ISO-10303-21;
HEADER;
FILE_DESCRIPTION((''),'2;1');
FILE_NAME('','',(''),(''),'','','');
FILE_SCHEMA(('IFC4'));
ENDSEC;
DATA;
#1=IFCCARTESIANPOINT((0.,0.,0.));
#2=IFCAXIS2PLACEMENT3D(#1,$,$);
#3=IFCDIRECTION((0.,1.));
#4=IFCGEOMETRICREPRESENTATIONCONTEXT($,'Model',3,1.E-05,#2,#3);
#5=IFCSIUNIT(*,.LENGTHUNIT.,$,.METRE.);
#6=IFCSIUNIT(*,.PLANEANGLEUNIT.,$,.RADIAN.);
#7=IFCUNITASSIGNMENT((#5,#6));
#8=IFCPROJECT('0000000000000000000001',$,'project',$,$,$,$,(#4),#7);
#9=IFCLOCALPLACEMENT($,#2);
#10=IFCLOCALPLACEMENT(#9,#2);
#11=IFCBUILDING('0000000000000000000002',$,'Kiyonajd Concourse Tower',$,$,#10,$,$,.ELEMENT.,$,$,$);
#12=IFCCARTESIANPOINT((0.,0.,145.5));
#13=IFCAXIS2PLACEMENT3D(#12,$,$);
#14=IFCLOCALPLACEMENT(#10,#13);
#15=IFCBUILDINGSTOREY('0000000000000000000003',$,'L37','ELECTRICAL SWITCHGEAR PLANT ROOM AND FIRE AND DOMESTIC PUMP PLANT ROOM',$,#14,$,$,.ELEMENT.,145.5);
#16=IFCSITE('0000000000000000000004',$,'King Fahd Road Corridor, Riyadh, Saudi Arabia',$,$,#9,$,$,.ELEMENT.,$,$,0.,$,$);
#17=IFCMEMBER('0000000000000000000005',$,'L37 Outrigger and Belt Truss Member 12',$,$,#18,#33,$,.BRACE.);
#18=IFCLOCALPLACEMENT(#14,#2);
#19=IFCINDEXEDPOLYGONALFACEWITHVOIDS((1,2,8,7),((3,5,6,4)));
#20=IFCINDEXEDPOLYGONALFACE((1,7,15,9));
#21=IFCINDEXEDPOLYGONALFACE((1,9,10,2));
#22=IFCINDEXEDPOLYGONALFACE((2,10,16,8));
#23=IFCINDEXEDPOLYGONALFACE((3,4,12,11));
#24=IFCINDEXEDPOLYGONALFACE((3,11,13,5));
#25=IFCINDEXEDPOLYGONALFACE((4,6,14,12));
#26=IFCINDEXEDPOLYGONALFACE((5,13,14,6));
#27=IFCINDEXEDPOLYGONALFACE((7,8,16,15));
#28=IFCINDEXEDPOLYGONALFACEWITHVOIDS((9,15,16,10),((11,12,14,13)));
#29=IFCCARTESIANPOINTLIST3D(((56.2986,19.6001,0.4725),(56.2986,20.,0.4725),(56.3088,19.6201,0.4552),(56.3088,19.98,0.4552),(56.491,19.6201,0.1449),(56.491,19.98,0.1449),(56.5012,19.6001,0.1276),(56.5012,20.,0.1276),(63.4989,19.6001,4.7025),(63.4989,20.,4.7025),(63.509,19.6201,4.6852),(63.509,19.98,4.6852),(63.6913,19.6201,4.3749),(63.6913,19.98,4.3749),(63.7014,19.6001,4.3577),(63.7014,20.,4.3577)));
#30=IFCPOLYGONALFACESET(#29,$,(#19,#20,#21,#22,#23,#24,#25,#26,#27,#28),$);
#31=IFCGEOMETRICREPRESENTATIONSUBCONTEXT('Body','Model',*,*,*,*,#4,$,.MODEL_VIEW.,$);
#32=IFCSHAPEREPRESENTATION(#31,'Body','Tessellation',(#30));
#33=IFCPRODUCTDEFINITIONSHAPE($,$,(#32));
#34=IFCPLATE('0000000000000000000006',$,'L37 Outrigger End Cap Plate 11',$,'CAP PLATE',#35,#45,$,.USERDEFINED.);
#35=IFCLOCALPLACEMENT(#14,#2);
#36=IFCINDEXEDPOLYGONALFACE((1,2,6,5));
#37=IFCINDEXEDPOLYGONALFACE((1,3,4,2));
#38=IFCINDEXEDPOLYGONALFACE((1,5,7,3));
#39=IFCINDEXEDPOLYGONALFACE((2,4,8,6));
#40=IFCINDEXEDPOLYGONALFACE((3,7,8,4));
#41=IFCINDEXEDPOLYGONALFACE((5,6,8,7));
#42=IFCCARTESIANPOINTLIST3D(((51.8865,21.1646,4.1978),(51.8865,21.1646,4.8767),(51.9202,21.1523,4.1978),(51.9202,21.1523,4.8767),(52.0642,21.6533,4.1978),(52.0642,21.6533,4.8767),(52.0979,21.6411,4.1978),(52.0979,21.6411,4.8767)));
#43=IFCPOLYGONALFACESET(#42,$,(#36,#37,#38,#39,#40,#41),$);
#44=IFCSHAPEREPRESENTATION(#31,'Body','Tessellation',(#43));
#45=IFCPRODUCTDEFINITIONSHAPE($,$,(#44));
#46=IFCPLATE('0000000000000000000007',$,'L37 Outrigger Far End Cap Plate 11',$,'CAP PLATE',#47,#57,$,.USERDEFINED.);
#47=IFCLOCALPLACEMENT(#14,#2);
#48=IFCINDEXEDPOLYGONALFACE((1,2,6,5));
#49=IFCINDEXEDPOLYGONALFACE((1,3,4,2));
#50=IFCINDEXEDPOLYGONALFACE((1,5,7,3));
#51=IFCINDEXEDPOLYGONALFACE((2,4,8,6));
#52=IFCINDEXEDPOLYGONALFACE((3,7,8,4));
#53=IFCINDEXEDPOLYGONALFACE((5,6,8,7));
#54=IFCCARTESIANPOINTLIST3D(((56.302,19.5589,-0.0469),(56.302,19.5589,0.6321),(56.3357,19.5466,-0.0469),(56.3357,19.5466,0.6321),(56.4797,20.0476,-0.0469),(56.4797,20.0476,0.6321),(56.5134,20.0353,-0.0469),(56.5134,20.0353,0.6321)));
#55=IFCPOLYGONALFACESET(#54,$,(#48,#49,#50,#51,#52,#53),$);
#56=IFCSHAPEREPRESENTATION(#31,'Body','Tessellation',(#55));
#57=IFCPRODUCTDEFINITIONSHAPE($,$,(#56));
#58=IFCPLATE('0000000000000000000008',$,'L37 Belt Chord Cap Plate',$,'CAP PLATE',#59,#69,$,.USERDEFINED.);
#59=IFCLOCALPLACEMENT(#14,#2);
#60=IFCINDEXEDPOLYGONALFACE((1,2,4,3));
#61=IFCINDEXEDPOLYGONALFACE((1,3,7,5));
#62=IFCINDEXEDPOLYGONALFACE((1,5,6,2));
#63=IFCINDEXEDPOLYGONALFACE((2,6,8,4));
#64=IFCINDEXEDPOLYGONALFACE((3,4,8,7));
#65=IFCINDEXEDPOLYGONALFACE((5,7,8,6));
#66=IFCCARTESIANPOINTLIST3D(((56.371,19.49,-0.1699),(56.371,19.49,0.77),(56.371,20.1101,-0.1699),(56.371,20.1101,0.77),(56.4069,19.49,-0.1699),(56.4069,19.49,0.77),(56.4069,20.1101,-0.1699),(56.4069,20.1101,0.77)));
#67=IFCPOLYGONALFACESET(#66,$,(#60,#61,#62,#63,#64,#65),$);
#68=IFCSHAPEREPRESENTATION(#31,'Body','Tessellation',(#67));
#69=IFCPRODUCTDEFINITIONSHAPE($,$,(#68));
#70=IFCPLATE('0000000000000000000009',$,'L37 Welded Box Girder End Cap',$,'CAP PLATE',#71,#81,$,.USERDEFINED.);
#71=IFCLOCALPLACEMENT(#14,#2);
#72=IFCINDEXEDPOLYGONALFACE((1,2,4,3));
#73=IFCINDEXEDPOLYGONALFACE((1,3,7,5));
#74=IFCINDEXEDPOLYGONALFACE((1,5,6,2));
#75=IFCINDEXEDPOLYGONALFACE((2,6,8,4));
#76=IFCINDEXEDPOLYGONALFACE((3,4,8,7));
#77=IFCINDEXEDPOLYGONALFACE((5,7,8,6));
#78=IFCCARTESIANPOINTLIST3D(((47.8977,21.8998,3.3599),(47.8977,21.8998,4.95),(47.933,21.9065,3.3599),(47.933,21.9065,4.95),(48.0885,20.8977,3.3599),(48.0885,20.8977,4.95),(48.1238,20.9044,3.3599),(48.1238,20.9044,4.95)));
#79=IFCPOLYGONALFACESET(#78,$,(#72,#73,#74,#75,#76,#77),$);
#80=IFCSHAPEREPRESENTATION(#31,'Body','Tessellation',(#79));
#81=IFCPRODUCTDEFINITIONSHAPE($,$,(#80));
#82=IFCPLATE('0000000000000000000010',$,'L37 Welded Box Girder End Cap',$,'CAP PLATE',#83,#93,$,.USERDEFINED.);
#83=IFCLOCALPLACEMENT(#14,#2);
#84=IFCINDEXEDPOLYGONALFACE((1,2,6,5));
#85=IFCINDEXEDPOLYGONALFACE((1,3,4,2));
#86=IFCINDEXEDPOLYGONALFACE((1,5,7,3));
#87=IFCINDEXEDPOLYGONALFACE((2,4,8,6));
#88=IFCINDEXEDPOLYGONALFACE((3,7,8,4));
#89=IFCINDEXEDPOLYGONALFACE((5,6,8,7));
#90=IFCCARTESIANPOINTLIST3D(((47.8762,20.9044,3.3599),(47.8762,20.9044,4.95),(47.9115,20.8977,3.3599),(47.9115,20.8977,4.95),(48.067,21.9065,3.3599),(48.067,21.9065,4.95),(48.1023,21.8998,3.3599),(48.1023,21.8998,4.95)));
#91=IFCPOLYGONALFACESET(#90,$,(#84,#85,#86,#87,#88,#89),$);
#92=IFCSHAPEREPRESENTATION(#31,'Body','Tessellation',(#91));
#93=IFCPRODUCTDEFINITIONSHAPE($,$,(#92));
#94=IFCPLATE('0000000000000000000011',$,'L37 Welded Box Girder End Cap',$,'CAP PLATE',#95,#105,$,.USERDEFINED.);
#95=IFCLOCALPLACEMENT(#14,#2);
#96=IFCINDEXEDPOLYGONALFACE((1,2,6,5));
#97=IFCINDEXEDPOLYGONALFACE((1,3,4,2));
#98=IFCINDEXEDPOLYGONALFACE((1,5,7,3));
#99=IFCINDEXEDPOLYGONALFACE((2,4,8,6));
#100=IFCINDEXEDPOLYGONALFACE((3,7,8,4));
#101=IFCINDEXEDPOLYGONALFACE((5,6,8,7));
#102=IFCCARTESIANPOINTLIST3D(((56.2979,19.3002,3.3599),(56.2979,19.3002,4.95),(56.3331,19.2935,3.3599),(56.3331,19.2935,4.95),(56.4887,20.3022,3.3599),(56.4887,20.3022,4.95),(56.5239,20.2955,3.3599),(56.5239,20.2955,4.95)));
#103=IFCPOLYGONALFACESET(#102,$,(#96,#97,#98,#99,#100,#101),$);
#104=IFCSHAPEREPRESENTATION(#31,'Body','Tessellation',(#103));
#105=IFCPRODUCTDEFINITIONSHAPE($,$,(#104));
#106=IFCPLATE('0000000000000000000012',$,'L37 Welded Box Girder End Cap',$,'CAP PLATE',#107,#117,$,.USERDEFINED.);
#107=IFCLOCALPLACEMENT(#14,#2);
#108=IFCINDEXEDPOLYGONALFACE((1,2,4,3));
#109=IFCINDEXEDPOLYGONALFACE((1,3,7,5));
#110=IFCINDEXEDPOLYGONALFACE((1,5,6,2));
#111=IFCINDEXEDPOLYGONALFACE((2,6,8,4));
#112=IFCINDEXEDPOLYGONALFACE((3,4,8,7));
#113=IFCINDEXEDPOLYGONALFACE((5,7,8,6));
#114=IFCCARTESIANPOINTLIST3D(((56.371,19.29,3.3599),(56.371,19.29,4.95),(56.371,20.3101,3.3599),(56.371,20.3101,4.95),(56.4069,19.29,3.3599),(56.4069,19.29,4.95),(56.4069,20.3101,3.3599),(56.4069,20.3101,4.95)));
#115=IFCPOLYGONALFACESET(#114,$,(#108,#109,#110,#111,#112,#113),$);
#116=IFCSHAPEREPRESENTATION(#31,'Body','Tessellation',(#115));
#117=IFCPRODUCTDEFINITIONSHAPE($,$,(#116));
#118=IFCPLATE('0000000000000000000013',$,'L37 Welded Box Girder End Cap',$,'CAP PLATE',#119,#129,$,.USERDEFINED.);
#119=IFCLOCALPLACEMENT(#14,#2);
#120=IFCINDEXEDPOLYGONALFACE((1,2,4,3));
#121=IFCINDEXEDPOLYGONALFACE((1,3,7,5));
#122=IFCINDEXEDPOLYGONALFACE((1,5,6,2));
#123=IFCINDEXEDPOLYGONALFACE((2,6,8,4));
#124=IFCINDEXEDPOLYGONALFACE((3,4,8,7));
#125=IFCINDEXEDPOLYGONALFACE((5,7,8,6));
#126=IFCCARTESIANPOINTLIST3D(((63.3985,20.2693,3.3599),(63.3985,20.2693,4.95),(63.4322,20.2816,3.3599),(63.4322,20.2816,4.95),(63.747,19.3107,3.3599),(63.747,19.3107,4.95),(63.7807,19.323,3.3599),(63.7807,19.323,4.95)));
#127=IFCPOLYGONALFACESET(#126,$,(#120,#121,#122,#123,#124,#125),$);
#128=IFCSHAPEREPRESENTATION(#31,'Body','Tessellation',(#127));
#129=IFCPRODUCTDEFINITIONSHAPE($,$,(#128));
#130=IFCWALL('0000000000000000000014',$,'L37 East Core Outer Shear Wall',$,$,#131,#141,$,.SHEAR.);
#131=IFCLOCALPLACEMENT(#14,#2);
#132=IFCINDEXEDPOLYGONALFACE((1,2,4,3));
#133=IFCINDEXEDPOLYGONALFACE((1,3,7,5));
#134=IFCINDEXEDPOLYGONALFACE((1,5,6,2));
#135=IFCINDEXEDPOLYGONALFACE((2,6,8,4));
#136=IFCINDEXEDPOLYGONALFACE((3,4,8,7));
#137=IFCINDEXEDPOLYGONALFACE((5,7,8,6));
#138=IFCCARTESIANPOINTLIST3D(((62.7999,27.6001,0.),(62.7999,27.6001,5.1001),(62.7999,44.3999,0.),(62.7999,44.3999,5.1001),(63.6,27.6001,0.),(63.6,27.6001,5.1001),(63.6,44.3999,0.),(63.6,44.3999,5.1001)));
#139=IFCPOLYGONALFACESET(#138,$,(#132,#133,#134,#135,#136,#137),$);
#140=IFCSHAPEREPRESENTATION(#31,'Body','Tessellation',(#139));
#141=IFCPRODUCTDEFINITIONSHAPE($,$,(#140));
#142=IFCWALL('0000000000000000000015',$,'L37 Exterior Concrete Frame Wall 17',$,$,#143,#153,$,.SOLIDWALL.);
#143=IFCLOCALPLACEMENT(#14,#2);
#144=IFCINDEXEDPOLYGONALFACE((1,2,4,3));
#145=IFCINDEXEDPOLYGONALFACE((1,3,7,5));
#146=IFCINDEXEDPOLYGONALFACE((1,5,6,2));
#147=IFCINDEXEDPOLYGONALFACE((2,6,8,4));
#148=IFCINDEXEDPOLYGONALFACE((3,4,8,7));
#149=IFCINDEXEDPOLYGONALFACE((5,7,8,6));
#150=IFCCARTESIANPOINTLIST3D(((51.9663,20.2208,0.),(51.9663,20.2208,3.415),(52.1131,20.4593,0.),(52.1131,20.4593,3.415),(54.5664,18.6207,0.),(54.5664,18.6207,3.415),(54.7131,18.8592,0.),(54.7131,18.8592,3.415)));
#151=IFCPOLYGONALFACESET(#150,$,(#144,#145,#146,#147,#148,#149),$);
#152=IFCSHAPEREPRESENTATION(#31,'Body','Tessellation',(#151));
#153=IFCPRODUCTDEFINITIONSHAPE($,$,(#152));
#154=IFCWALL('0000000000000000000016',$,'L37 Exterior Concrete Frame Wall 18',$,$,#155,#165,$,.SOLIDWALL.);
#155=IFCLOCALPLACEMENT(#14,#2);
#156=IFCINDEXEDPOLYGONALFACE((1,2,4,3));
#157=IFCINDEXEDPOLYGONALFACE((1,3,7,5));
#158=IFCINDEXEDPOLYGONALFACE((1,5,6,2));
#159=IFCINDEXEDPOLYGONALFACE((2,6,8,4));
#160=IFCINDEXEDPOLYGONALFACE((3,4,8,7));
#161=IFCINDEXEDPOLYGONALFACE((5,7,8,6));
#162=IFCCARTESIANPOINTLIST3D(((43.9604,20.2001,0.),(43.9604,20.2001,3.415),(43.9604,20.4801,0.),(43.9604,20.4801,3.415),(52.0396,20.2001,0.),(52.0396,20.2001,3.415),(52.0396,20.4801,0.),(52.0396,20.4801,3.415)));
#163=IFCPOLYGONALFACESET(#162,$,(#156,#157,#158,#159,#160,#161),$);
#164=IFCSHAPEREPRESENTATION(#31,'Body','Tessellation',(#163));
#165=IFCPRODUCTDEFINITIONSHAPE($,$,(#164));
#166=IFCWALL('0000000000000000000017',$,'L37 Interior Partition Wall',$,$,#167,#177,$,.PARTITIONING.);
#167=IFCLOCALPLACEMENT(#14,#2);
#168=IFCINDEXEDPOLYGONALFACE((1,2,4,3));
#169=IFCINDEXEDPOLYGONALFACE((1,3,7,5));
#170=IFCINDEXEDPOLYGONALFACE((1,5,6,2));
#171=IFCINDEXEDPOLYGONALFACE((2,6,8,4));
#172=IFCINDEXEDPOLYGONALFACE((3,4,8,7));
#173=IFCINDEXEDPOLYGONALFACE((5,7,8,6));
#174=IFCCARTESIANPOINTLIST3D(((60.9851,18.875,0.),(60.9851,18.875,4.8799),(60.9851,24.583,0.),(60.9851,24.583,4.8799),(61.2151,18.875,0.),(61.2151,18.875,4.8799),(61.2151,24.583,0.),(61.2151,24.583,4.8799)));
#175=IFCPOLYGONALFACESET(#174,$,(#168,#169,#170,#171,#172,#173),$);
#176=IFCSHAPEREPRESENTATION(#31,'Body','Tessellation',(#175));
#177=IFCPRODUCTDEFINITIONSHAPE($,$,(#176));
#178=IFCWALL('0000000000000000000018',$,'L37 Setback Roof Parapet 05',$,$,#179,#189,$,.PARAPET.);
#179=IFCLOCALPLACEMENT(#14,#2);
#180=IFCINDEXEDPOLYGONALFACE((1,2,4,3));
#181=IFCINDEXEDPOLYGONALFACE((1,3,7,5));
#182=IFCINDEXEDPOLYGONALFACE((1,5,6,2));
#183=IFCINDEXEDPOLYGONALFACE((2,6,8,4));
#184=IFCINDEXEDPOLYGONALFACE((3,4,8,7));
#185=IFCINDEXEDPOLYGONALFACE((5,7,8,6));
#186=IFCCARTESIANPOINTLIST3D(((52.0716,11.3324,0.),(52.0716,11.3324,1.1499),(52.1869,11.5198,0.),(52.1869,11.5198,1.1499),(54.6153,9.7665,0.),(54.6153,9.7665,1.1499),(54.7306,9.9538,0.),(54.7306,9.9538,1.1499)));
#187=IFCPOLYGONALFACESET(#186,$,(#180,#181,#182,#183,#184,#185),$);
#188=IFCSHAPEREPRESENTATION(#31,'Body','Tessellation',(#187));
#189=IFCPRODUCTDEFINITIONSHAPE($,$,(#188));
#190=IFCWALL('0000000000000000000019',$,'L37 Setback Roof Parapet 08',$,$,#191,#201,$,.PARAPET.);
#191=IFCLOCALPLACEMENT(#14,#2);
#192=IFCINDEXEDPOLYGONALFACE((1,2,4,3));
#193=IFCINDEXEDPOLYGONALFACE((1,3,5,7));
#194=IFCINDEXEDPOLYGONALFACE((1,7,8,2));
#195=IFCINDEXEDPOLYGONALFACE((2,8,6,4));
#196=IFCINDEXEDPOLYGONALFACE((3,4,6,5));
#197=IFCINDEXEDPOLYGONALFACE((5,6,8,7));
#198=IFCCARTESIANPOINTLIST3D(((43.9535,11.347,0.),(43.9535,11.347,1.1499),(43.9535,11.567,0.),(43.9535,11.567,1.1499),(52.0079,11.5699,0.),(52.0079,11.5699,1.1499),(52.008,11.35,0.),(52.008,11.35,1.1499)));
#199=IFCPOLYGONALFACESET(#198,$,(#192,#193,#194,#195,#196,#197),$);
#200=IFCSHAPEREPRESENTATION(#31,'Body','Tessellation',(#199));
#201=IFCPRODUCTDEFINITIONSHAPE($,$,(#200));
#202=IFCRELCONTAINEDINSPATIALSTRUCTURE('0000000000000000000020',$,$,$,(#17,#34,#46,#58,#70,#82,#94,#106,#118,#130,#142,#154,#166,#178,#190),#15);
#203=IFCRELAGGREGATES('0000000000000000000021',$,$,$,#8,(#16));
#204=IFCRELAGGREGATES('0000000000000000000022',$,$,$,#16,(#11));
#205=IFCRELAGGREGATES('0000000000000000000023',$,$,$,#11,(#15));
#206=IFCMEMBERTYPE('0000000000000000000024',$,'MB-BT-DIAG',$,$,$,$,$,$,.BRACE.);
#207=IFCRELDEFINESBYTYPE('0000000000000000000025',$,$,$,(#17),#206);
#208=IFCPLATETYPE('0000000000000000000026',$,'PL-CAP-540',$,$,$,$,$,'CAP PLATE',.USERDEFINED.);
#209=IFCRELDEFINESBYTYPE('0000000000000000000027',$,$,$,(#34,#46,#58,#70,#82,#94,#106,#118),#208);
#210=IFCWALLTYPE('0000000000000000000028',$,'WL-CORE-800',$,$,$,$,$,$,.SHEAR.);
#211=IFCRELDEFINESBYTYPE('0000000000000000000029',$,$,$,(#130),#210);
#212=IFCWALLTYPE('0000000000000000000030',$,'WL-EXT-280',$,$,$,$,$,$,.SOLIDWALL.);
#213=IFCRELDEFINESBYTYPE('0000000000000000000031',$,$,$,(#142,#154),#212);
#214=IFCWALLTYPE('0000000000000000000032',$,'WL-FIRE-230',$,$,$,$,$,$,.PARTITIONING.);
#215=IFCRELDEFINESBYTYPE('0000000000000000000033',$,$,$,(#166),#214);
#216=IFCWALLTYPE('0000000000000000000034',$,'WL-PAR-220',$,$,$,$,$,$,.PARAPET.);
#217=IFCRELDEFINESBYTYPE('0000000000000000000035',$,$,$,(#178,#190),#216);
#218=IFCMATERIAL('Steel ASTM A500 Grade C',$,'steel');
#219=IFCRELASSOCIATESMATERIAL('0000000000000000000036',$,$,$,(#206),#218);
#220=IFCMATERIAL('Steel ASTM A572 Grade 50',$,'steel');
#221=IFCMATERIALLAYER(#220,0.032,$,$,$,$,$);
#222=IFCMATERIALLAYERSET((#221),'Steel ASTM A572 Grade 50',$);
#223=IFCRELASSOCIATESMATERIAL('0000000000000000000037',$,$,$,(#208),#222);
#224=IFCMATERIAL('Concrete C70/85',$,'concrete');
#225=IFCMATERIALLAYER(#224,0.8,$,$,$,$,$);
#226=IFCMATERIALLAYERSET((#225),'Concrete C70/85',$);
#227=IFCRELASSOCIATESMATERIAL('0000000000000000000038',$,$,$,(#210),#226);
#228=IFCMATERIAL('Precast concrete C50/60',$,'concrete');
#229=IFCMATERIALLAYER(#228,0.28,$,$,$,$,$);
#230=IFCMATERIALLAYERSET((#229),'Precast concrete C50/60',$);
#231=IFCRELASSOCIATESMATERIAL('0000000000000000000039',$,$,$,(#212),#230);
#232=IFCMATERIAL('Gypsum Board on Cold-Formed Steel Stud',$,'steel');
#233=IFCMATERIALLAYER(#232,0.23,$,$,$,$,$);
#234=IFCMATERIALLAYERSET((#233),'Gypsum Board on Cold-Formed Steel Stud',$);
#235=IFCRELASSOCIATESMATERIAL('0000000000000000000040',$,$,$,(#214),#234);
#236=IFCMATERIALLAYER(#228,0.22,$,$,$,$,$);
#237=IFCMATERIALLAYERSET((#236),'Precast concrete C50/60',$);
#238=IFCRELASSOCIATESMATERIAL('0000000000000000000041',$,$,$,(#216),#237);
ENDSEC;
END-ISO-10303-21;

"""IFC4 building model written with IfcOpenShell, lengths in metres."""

from ifc_helpers import new_model, si_unit, direction, frame, frame_2d, origin, origin_2d, place, context, subcontext, project, spatial, rectangle, hollow_rectangle, extrude, material, layer, layer_set, material_profile, profile_set, type_object, element, save


model = new_model("IFC4")

# Units and contexts
model_context = context("Model", 3, precision=1e-05, world=origin(), true_north=direction((0.0, 1.0)))
body_context = subcontext(model_context, "Body", "Model", "MODEL_VIEW")
ifc_project = project(units=[si_unit("LENGTHUNIT", "METRE"), si_unit("PLANEANGLEUNIT", "RADIAN")], contexts=[model_context])

# Site, building, storey
site_placement = place(None, origin())
site = spatial("IfcSite", under=ifc_project, at=site_placement, Name="King Fahd Road Corridor, Riyadh, Saudi Arabia", CompositionType="ELEMENT", RefElevation=0.0)
building_placement = place(site_placement, origin())
building = spatial("IfcBuilding", under=site, at=building_placement, Name="Kiyonajd Concourse Tower", CompositionType="ELEMENT")
storey_placement = place(building_placement, frame((0.0, 0.0, 145.5)))
storey = spatial("IfcBuildingStorey", under=building, at=storey_placement, Name="L37", Description="ELECTRICAL SWITCHGEAR PLANT ROOM AND FIRE AND DOMESTIC PUMP PLANT ROOM", CompositionType="ELEMENT", Elevation=145.5)

# Shared definitions
ifc_material_1 = material(Name="Concrete C70/85", Category="concrete")

# Shared definitions
ifc_material_2 = material(Name="Steel ASTM A572 Grade 50", Category="steel")

# Member
ifc_material_3 = material(Name="Steel ASTM A500 Grade C", Category="steel")
ifc_material_profile_1 = material_profile(ifc_material_3, hollow_rectangle(XDim=0.3999, YDim=0.3999, WallThickness=0.02, at=origin_2d()), Name="HSS-400x400x20")
ifc_profile_set_1 = profile_set([ifc_material_profile_1], Name="Steel ASTM A500 Grade C")
member_type_1 = type_object("IfcMemberType", Name="MB-BT-DIAG", PredefinedType="BRACE", material=ifc_profile_set_1)
member_1_placement = place(storey_placement, frame((56.3999, 19.8, 0.3), z_axis=(0.862218, 0.0, 0.506537), x_axis=(0.0, 1.0, 0.0)))
element("IfcMember", 1, at=member_1_placement, inside=storey, type_object=member_type_1, Name="L37 Outrigger and Belt Truss Member 12", PredefinedType="BRACE", context=body_context, shape_type="SweptSolid", body=[
    extrude(hollow_rectangle(XDim=0.3999, YDim=0.3999, WallThickness=0.02, at=origin_2d()), origin(), (0.0, 0.0, 1.0), 8.3508),
])

# Plates
ifc_layer_1 = layer(ifc_material_2, 0.032)
ifc_layer_set_1 = layer_set([ifc_layer_1], Name="Steel ASTM A572 Grade 50")
plate_type = type_object("IfcPlateType", Name="PL-CAP-540", ElementType="CAP PLATE", PredefinedType="USERDEFINED", material=ifc_layer_set_1)
for number, where, z_axis, x_axis, name in (
    (2, (51.9922, 21.4028, 4.1978), (0.0, 0.0, 1.0), (-0.939812, 0.341692, 0.0), "L37 Outrigger End Cap Plate 11"),
    (3, (56.4077, 19.7971, -0.0469), (0.0, 0.0, 1.0), (0.939812, -0.341692, 0.0), "L37 Outrigger Far End Cap Plate 11"),
):
    element("IfcPlate", number, at=place(storey_placement, frame(where, z_axis=z_axis, x_axis=x_axis)), inside=storey, type_object=plate_type, Name=name, ObjectType="CAP PLATE", PredefinedType="USERDEFINED", context=body_context, shape_type="SweptSolid", body=[
        extrude(rectangle(XDim=0.0359, YDim=0.52, at=origin_2d()), origin(), (0.0, 0.0, 1.0), 0.679),
    ])
plate_placement = place(storey_placement, frame((56.3889, 19.8, -0.1699), z_axis=(0.0, 0.0, 1.0), x_axis=(-1.0, 0.0, 0.0)))
element("IfcPlate", 4, at=plate_placement, inside=storey, type_object=plate_type, Name="L37 Belt Chord Cap Plate", ObjectType="CAP PLATE", PredefinedType="USERDEFINED", context=body_context, shape_type="SweptSolid", body=[
    extrude(rectangle(XDim=0.0359, YDim=0.6201, at=origin_2d()), origin(), (0.0, 0.0, 1.0), 0.9399),
])
for number, where, z_axis, x_axis, name in (
    (5, (48.0107, 21.4021, 3.3599), (0.0, 0.0, 1.0), (0.982353, 0.187038, 0.0), "L37 Welded Box Girder End Cap"),
    (6, (47.9893, 21.4021, 3.3599), (0.0, 0.0, 1.0), (-0.982353, 0.187038, 0.0), "L37 Welded Box Girder End Cap"),
    (7, (56.4109, 19.7979, 3.3599), (0.0, 0.0, 1.0), (0.982353, -0.187038, 0.0), "L37 Welded Box Girder End Cap"),
    (8, (56.3889, 19.8, 3.3599), (0.0, 0.0, 1.0), (-1.0, 0.0, 0.0), "L37 Welded Box Girder End Cap"),
    (9, (63.5896, 19.7961, 3.3599), (0.0, 0.0, 1.0), (-0.939812, -0.341692, 0.0), "L37 Welded Box Girder End Cap"),
):
    element("IfcPlate", number, at=place(storey_placement, frame(where, z_axis=z_axis, x_axis=x_axis)), inside=storey, type_object=plate_type, Name=name, ObjectType="CAP PLATE", PredefinedType="USERDEFINED", context=body_context, shape_type="SweptSolid", body=[
        extrude(rectangle(XDim=0.0359, YDim=1.02, at=origin_2d()), origin(), (0.0, 0.0, 1.0), 1.5901),
    ])

# Walls
ifc_layer_2 = layer(ifc_material_1, 0.8)
ifc_layer_set_2 = layer_set([ifc_layer_2], Name="Concrete C70/85")
wall_type_1 = type_object("IfcWallType", Name="WL-CORE-800", PredefinedType="SHEAR", material=ifc_layer_set_2)
wall_1_placement = place(storey_placement, frame((63.2, 27.6001, 0.0), z_axis=(0.0, 0.0, 1.0), x_axis=(0.0, 1.0, 0.0)))
element("IfcWall", 10, at=wall_1_placement, inside=storey, type_object=wall_type_1, Name="L37 East Core Outer Shear Wall", PredefinedType="SHEAR", context=body_context, shape_type="SweptSolid", body=[
    extrude(rectangle(XDim=16.7998, YDim=0.8, at=frame_2d((8.3999, 0.0))), origin(), (0.0, 0.0, 1.0), 5.1001),
])
ifc_material_4 = material(Name="Precast concrete C50/60", Category="concrete")
ifc_layer_3 = layer(ifc_material_4, 0.28)
ifc_layer_set_3 = layer_set([ifc_layer_3], Name="Precast concrete C50/60")
wall_type_2 = type_object("IfcWallType", Name="WL-EXT-280", PredefinedType="SOLIDWALL", material=ifc_layer_set_3)
wall_2_placement = place(storey_placement, frame((54.6396, 18.74, 0.0), z_axis=(0.0, 0.0, 1.0), x_axis=(-0.851653, 0.524106, 0.0)))
element("IfcWall", 11, at=wall_2_placement, inside=storey, type_object=wall_type_2, Name="L37 Exterior Concrete Frame Wall 17", PredefinedType="SOLIDWALL", context=body_context, shape_type="SweptSolid", body=[
    extrude(rectangle(XDim=3.053, YDim=0.28, at=frame_2d((1.5264, 0.0))), origin(), (0.0, 0.0, 1.0), 3.415),
])
wall_3_placement = place(storey_placement, frame((52.0396, 20.3401, 0.0), z_axis=(0.0, 0.0, 1.0), x_axis=(-1.0, 0.0, 0.0)))
element("IfcWall", 12, at=wall_3_placement, inside=storey, type_object=wall_type_2, Name="L37 Exterior Concrete Frame Wall 18", PredefinedType="SOLIDWALL", context=body_context, shape_type="SweptSolid", body=[
    extrude(rectangle(XDim=8.0791, YDim=0.28, at=frame_2d((4.0396, 0.0))), origin(), (0.0, 0.0, 1.0), 3.415),
])
ifc_material_5 = material(Name="Gypsum Board on Cold-Formed Steel Stud", Category="steel")
ifc_layer_4 = layer(ifc_material_5, 0.23)
ifc_layer_set_4 = layer_set([ifc_layer_4], Name="Gypsum Board on Cold-Formed Steel Stud")
wall_type_3 = type_object("IfcWallType", Name="WL-FIRE-230", PredefinedType="PARTITIONING", material=ifc_layer_set_4)
wall_4_placement = place(storey_placement, frame((61.1001, 18.875, 0.0), z_axis=(0.0, 0.0, 1.0), x_axis=(0.0, 1.0, 0.0)))
element("IfcWall", 13, at=wall_4_placement, inside=storey, type_object=wall_type_3, Name="L37 Interior Partition Wall", PredefinedType="PARTITIONING", context=body_context, shape_type="SweptSolid", body=[
    extrude(rectangle(XDim=5.708, YDim=0.23, at=frame_2d((2.854, 0.0))), origin(), (0.0, 0.0, 1.0), 4.8799),
])
ifc_layer_5 = layer(ifc_material_4, 0.22)
ifc_layer_set_5 = layer_set([ifc_layer_5], Name="Precast concrete C50/60")
wall_type_4 = type_object("IfcWallType", Name="WL-PAR-220", PredefinedType="PARAPET", material=ifc_layer_set_5)
wall_5_placement = place(storey_placement, frame((54.6731, 9.8601, 0.0), z_axis=(0.0, 0.0, 1.0), x_axis=(-0.851574, 0.524234, 0.0)))
element("IfcWall", 14, at=wall_5_placement, inside=storey, type_object=wall_type_4, Name="L37 Setback Roof Parapet 05", PredefinedType="PARAPET", context=body_context, shape_type="SweptSolid", body=[
    extrude(rectangle(XDim=2.9871, YDim=0.22, at=frame_2d((1.4937, 0.0))), origin(), (0.0, 0.0, 1.0), 1.1499),
])
wall_6_placement = place(storey_placement, frame((52.0081, 11.46, 0.0), z_axis=(0.0, 0.0, 1.0), x_axis=(-1.0, -0.000364, 0.0)))
element("IfcWall", 15, at=wall_6_placement, inside=storey, type_object=wall_type_4, Name="L37 Setback Roof Parapet 08", PredefinedType="PARAPET", context=body_context, shape_type="SweptSolid", body=[
    extrude(rectangle(XDim=8.0544, YDim=0.22, at=frame_2d((4.0273, 0.0))), origin(), (0.0, 0.0, 1.0), 1.1499),
])

save(model, "model.ifc")
